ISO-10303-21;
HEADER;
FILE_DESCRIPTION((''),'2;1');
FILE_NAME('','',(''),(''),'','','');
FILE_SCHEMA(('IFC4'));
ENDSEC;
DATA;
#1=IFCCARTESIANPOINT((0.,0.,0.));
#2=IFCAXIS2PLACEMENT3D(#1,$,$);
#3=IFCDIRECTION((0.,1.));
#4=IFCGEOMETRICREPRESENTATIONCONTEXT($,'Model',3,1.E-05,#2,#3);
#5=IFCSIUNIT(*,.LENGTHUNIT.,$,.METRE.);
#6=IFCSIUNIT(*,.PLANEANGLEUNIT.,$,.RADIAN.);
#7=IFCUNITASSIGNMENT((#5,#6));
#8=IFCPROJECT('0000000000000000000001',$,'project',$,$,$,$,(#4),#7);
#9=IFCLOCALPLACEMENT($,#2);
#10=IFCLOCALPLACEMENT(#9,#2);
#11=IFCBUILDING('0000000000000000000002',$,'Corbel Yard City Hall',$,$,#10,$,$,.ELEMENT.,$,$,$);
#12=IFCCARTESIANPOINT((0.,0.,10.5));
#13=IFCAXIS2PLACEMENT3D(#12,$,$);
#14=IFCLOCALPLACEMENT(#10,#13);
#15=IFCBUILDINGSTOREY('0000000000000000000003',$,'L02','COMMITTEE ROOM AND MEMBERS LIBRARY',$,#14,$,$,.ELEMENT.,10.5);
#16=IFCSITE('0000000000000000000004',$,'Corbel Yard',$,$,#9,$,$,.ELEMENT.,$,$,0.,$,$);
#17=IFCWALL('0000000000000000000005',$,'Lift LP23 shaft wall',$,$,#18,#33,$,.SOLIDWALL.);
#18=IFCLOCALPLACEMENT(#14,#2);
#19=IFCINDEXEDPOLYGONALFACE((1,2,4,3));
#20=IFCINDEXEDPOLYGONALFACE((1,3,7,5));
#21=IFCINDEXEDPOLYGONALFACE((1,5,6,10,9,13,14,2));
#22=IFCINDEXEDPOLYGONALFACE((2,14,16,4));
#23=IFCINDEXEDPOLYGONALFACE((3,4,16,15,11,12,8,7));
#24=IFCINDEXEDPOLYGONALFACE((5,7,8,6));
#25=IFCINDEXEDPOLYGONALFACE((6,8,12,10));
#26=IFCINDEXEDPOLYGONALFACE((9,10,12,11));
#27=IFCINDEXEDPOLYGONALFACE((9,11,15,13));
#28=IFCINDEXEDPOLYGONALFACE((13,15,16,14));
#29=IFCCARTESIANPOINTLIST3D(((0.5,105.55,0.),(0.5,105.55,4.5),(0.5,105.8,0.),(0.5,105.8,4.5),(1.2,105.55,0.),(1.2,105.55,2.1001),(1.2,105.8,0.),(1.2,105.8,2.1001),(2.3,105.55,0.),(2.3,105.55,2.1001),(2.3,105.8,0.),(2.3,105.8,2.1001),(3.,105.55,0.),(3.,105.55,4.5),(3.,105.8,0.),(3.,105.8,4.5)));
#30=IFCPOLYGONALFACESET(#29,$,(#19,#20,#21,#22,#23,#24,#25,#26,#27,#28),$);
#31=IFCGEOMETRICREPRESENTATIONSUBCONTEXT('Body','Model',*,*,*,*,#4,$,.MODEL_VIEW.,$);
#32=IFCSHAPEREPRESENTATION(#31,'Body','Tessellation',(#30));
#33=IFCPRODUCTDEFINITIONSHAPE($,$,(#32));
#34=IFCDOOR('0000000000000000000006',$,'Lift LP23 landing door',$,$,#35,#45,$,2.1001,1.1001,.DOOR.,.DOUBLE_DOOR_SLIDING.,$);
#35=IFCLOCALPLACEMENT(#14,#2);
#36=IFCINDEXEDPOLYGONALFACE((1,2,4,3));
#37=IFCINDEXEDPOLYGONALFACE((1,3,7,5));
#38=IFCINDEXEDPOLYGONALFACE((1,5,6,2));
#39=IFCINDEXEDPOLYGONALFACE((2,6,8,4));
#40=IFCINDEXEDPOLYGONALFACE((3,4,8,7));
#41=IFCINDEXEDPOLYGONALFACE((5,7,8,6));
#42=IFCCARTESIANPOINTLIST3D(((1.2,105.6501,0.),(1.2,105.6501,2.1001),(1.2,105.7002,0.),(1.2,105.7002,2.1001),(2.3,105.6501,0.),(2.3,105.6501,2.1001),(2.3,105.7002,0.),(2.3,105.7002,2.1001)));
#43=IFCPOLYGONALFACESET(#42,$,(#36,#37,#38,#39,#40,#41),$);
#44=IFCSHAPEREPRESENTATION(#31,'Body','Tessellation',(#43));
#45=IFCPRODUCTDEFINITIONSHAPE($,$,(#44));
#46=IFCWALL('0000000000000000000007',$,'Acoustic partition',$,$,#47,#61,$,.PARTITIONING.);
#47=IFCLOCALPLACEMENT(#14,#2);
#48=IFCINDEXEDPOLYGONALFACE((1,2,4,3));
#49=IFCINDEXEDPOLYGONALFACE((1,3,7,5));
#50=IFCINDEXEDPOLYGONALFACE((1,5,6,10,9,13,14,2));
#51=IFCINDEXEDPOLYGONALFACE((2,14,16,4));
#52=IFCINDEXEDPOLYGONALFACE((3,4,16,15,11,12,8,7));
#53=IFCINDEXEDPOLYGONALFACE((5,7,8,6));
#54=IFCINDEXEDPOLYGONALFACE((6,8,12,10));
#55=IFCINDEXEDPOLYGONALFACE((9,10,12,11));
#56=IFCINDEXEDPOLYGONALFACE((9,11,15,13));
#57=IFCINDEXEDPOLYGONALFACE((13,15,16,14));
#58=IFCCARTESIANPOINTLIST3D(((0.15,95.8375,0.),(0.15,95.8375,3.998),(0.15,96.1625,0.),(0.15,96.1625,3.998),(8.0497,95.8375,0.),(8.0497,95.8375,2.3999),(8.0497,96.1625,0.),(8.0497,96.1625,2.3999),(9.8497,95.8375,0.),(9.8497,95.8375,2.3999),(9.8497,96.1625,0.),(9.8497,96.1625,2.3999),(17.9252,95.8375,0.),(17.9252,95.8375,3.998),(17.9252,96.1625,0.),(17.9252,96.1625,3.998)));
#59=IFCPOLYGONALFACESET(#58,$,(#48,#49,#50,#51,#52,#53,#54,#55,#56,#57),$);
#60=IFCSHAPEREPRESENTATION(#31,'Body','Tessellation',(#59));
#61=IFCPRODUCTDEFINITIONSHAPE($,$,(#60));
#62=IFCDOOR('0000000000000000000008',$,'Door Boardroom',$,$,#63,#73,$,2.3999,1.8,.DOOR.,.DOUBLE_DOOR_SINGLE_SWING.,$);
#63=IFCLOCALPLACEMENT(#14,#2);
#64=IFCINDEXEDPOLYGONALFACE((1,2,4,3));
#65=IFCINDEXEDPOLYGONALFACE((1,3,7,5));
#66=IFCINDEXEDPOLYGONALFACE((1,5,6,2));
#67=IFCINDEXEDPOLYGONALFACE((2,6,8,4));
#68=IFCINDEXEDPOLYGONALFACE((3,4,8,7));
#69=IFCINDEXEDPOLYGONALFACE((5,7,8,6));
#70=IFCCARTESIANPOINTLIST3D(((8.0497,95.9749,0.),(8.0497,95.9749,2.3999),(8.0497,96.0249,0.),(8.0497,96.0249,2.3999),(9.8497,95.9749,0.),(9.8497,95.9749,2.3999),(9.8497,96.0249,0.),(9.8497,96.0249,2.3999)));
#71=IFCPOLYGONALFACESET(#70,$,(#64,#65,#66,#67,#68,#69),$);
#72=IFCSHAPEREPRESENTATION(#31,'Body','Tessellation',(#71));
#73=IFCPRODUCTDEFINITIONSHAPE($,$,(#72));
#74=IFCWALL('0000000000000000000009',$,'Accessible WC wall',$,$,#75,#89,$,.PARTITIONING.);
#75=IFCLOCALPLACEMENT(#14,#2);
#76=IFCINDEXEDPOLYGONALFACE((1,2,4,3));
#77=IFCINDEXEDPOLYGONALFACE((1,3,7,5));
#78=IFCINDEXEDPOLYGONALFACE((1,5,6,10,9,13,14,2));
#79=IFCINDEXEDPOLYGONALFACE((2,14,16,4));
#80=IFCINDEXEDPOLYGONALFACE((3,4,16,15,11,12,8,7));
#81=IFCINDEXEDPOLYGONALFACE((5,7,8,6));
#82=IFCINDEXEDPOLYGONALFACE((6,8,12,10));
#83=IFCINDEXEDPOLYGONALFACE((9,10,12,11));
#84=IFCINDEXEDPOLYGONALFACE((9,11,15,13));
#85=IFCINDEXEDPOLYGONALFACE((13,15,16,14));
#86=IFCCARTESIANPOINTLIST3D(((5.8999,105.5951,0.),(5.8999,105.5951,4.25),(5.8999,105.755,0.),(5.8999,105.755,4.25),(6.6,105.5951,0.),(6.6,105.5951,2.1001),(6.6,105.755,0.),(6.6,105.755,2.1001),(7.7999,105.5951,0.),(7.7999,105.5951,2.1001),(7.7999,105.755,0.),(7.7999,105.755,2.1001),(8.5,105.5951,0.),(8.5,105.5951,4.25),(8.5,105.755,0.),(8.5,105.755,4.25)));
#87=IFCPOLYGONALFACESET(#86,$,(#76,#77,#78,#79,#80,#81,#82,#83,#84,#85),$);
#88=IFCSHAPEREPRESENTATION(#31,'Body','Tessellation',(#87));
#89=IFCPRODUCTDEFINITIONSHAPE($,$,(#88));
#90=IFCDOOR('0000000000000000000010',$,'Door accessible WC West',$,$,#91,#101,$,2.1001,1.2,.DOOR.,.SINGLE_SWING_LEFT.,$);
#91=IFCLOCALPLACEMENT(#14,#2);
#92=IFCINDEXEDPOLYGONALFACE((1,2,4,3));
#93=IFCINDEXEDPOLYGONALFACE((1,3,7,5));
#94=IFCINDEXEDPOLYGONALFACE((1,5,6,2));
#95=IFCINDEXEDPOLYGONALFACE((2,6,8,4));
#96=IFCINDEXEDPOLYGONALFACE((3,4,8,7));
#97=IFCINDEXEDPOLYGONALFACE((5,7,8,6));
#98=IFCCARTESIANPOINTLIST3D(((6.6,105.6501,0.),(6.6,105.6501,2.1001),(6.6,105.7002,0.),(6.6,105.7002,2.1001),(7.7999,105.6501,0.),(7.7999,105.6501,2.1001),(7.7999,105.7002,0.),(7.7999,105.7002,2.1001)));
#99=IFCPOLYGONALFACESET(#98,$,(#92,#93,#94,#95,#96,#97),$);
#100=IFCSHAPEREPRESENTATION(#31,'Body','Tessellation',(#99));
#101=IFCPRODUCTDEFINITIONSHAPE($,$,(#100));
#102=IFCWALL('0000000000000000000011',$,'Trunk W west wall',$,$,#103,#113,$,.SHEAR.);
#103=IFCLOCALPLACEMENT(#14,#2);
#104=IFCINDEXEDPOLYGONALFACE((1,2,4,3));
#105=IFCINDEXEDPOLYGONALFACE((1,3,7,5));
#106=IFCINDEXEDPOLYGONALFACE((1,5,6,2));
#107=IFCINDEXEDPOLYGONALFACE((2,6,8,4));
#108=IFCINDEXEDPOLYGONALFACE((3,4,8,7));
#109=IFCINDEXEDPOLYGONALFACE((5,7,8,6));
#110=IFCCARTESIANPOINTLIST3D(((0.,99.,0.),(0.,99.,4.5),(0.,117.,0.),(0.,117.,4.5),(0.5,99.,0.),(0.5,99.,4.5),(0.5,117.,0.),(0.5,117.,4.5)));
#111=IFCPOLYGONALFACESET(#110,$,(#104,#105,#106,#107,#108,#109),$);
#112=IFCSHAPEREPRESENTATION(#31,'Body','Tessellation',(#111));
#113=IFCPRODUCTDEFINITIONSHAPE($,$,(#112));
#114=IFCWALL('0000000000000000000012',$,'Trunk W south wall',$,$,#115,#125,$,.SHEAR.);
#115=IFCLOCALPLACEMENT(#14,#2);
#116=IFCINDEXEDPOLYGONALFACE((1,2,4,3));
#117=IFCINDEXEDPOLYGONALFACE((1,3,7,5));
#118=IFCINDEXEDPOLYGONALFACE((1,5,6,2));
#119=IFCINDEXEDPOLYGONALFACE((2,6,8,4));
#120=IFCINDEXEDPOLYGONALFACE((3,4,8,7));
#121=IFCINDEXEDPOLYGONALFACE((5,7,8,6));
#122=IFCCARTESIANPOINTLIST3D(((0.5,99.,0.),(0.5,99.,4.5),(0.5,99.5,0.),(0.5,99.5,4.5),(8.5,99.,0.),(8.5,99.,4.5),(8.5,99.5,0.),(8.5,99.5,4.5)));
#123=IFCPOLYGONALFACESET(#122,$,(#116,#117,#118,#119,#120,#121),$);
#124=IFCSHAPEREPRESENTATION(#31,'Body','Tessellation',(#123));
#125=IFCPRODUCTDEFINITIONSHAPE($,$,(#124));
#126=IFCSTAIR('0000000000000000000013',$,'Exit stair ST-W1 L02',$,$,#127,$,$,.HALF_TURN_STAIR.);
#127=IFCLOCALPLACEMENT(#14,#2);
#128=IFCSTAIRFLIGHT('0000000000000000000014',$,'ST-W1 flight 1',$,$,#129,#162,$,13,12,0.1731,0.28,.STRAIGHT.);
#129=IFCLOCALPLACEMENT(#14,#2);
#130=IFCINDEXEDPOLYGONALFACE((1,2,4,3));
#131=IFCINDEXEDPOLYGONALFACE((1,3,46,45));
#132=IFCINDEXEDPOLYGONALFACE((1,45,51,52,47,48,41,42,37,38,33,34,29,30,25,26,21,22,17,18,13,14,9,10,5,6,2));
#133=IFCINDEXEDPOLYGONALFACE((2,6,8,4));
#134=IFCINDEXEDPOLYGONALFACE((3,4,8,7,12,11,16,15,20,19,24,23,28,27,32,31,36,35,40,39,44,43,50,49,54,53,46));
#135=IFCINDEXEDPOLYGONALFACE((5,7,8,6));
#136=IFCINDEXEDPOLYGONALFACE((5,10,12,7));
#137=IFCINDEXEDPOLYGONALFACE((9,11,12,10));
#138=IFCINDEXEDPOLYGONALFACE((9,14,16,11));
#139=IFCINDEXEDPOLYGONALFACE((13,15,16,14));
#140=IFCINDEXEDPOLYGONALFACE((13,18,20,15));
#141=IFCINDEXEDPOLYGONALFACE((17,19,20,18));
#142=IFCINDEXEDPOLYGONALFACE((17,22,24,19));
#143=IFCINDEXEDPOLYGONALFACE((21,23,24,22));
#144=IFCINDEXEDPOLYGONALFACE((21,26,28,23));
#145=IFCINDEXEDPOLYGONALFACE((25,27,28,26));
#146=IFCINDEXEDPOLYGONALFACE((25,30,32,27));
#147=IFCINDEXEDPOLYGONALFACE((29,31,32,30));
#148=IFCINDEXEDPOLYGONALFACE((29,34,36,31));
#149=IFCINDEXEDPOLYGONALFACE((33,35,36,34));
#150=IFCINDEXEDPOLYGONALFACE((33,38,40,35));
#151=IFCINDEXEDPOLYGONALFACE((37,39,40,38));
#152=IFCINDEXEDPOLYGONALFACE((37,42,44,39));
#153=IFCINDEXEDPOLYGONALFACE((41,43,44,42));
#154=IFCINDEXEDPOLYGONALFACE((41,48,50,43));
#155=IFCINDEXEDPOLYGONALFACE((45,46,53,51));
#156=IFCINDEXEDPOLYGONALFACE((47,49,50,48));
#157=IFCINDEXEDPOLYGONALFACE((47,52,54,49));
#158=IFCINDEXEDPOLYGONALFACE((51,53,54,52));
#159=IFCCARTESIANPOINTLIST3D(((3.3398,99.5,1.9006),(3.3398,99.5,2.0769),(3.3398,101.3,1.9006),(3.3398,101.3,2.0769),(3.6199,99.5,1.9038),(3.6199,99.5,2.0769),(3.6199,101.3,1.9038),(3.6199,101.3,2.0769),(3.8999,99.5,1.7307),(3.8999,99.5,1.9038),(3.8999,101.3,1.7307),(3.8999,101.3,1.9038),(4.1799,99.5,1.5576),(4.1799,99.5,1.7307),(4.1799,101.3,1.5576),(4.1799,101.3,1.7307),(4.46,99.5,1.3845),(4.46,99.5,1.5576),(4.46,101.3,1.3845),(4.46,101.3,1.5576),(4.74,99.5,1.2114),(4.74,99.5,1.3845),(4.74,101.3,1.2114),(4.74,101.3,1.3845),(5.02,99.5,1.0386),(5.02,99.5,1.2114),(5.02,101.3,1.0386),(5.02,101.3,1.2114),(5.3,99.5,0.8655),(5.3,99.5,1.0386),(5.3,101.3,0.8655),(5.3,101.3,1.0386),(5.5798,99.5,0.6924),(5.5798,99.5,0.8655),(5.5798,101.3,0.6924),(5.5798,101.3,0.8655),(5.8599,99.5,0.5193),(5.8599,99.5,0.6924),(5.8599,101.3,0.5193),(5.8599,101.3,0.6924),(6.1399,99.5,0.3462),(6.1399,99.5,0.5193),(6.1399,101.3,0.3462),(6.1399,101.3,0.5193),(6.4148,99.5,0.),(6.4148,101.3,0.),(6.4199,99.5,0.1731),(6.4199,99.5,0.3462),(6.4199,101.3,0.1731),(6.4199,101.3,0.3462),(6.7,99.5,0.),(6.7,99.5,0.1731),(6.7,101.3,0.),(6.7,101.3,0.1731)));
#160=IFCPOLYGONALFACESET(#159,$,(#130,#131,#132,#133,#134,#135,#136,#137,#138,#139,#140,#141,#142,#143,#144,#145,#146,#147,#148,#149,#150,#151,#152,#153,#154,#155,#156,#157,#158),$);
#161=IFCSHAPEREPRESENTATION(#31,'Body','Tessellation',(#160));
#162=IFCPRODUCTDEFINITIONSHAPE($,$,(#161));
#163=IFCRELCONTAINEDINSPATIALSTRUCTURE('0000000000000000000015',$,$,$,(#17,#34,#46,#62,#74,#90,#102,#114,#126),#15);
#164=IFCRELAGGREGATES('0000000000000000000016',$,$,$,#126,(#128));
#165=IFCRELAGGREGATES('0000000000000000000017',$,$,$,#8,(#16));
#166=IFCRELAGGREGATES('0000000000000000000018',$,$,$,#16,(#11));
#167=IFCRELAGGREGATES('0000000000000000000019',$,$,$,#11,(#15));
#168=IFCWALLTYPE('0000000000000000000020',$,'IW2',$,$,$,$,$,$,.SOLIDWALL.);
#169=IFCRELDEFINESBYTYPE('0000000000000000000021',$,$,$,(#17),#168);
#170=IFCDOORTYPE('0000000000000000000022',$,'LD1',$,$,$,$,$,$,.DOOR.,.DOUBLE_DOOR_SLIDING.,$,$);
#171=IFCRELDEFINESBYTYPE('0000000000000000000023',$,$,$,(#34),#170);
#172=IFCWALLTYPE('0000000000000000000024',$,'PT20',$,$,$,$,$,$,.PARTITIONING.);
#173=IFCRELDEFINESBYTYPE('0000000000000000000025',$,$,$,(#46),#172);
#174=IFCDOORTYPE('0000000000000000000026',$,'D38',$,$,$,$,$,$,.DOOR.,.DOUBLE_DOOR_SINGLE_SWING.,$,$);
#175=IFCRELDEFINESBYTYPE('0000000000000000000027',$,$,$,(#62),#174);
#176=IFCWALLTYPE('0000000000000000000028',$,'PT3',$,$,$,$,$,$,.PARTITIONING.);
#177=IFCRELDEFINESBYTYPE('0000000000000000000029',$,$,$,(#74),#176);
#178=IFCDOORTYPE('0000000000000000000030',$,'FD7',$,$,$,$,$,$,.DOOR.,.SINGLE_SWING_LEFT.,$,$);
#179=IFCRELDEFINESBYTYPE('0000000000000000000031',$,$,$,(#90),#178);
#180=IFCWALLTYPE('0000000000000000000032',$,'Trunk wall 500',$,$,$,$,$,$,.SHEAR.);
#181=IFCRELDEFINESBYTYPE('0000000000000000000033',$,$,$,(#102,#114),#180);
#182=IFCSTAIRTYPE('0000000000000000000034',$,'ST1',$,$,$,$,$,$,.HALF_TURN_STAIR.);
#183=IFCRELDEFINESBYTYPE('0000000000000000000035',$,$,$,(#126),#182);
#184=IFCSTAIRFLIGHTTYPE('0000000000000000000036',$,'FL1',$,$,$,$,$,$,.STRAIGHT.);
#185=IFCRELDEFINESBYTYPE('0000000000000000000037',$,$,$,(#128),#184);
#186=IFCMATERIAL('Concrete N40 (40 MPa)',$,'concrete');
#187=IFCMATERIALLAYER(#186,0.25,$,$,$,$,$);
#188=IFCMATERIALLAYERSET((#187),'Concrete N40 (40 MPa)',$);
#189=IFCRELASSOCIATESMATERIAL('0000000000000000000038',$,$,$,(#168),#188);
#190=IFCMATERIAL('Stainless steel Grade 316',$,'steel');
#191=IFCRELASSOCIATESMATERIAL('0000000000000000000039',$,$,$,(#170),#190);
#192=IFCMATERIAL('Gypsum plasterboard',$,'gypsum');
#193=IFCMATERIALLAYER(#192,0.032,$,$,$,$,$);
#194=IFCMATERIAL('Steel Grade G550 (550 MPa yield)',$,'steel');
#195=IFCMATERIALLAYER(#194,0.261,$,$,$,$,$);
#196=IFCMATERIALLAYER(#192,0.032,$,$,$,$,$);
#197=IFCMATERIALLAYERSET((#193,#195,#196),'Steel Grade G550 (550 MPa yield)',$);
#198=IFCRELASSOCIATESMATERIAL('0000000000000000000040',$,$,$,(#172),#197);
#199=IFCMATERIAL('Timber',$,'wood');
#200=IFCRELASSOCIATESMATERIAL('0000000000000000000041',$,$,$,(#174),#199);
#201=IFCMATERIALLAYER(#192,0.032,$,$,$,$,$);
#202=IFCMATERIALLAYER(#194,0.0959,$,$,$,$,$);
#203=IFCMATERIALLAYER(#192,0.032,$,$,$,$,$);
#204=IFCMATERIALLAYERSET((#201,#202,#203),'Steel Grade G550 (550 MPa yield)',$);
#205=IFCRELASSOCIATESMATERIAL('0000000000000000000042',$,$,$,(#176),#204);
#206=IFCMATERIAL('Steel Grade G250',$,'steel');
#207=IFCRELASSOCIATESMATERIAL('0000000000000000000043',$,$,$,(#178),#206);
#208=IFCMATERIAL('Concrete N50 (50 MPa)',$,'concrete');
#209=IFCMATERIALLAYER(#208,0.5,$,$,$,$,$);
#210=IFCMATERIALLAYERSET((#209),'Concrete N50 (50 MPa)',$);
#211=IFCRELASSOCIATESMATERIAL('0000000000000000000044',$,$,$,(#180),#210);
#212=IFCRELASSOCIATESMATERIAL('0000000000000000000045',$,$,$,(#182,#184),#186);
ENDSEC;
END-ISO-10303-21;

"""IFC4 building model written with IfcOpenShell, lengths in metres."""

from ifc_helpers import new_model, si_unit, direction, frame, frame_2d, origin, place, context, subcontext, project, spatial, polyline, rectangle, outline, extrude, material, layer, layer_set, type_object, element, fill, aggregate, save


model = new_model("IFC4")

# Units and contexts
model_context = context("Model", 3, precision=1e-05, world=origin(), true_north=direction((0.0, 1.0)))
body_context = subcontext(model_context, "Body", "Model", "MODEL_VIEW")
ifc_project = project(units=[si_unit("LENGTHUNIT", "METRE"), si_unit("PLANEANGLEUNIT", "RADIAN")], contexts=[model_context])

# Site, building, storey
site_placement = place(None, origin())
site = spatial("IfcSite", under=ifc_project, at=site_placement, Name="Corbel Yard", CompositionType="ELEMENT", RefElevation=0.0)
building_placement = place(site_placement, origin())
building = spatial("IfcBuilding", under=site, at=building_placement, Name="Corbel Yard City Hall", CompositionType="ELEMENT")
storey_placement = place(building_placement, frame((0.0, 0.0, 10.5)))
storey = spatial("IfcBuildingStorey", under=building, at=storey_placement, Name="L02", Description="COMMITTEE ROOM AND MEMBERS LIBRARY", CompositionType="ELEMENT", Elevation=10.5)

# Shared definitions
ifc_material_1 = material(Name="Gypsum plasterboard", Category="gypsum")

# Shared definitions
ifc_material_2 = material(Name="Concrete N40 (40 MPa)", Category="concrete")
ifc_layer_1 = layer(ifc_material_2, 0.25)
ifc_layer_set_1 = layer_set([ifc_layer_1], Name="Concrete N40 (40 MPa)")
wall_type_1 = type_object("IfcWallType", Name="IW2", PredefinedType="SOLIDWALL", material=ifc_layer_set_1)

# Walls, openings, doors
ifc_material_3 = material(Name="Stainless steel Grade 316", Category="steel")
door_type_1 = type_object("IfcDoorType", Name="LD1", OperationType="DOUBLE_DOOR_SLIDING", PredefinedType="DOOR", material=ifc_material_3)
wall_1_placement = place(storey_placement, frame((3.0, 105.675, 0.0), z_axis=(0.0, 0.0, 1.0), x_axis=(-1.0, 0.0, 0.0)))
wall_1 = element("IfcWall", 1, at=wall_1_placement, inside=storey, type_object=wall_type_1, Name="Lift LP23 shaft wall", PredefinedType="SOLIDWALL", context=body_context, shape_type="SweptSolid", body=[
    extrude(rectangle(XDim=2.5, YDim=0.25, at=frame_2d((1.25, 0.0))), origin(), (0.0, 0.0, 1.0), 4.5),
])
opening_1_placement = place(wall_1_placement, frame((0.7, 0.0, 0.0)))
opening_1 = element("IfcOpeningElement", 2, at=opening_1_placement, cuts=wall_1, PredefinedType="OPENING", context=body_context, shape_type="SweptSolid", body=[
    extrude(rectangle(XDim=1.1001, YDim=2.1001, at=frame_2d((0.55, 1.05))), frame((0.0, 0.135, 0.0), z_axis=(0.0, -1.0, 0.0), x_axis=(1.0, 0.0, 0.0)), (0.0, 0.0, 1.0), 0.27),
])
door_1_placement = place(opening_1_placement, origin())
door_1 = element("IfcDoor", 3, at=door_1_placement, inside=storey, type_object=door_type_1, Name="Lift LP23 landing door", OperationType="DOUBLE_DOOR_SLIDING", OverallHeight=2.1001, OverallWidth=1.1001, PredefinedType="DOOR", context=body_context, shape_type="SweptSolid", body=[
    extrude(rectangle(XDim=1.1001, YDim=2.1001, at=frame_2d((0.55, 1.05))), frame((0.0, 0.0249, 0.0), z_axis=(0.0, -1.0, 0.0), x_axis=(1.0, 0.0, 0.0)), (0.0, 0.0, 1.0), 0.05),
])
fill(opening_1, door_1)
ifc_layer_2 = layer(ifc_material_1, 0.032)
ifc_material_4 = material(Name="Steel Grade G550 (550 MPa yield)", Category="steel")
ifc_layer_3 = layer(ifc_material_4, 0.261)
ifc_layer_4 = layer(ifc_material_1, 0.032)
ifc_layer_set_2 = layer_set([ifc_layer_2, ifc_layer_3, ifc_layer_4], Name="Steel Grade G550 (550 MPa yield)")
wall_type_2 = type_object("IfcWallType", Name="PT20", PredefinedType="PARTITIONING", material=ifc_layer_set_2)
wall_2_placement = place(storey_placement, frame((0.1499, 96.0, 0.0), z_axis=(0.0, 0.0, 1.0), x_axis=(1.0, 0.0, 0.0)))
wall_2 = element("IfcWall", 4, at=wall_2_placement, inside=storey, type_object=wall_type_2, Name="Acoustic partition", PredefinedType="PARTITIONING", context=body_context, shape_type="SweptSolid", body=[
    extrude(rectangle(XDim=17.7751, YDim=0.325, at=frame_2d((8.8877, 0.0))), origin(), (0.0, 0.0, 1.0), 3.998),
])
opening_2_placement = place(wall_2_placement, frame((7.8999, 0.0, 0.0)))
opening_2 = element("IfcOpeningElement", 5, at=opening_2_placement, cuts=wall_2, PredefinedType="OPENING", context=body_context, shape_type="SweptSolid", body=[
    extrude(rectangle(XDim=1.8, YDim=2.3999, at=frame_2d((0.8999, 1.2))), frame((0.0, 0.1724, 0.0), z_axis=(0.0, -1.0, 0.0), x_axis=(1.0, 0.0, 0.0)), (0.0, 0.0, 1.0), 0.345),
])
ifc_material_5 = material(Name="Timber", Category="wood")
door_type_2 = type_object("IfcDoorType", Name="D38", OperationType="DOUBLE_DOOR_SINGLE_SWING", PredefinedType="DOOR", material=ifc_material_5)
door_2_placement = place(opening_2_placement, origin())
door_2 = element("IfcDoor", 6, at=door_2_placement, inside=storey, type_object=door_type_2, Name="Door Boardroom", OperationType="DOUBLE_DOOR_SINGLE_SWING", OverallHeight=2.3999, OverallWidth=1.8, PredefinedType="DOOR", context=body_context, shape_type="SweptSolid", body=[
    extrude(rectangle(XDim=1.8, YDim=2.3999, at=frame_2d((0.8999, 1.2))), frame((0.0, 0.0249, 0.0), z_axis=(0.0, -1.0, 0.0), x_axis=(1.0, 0.0, 0.0)), (0.0, 0.0, 1.0), 0.05),
])
fill(opening_2, door_2)
ifc_layer_5 = layer(ifc_material_1, 0.032)
ifc_layer_6 = layer(ifc_material_4, 0.0959)
ifc_layer_7 = layer(ifc_material_1, 0.032)
ifc_layer_set_3 = layer_set([ifc_layer_5, ifc_layer_6, ifc_layer_7], Name="Steel Grade G550 (550 MPa yield)")
wall_type_3 = type_object("IfcWallType", Name="PT3", PredefinedType="PARTITIONING", material=ifc_layer_set_3)
wall_3_placement = place(storey_placement, frame((8.5, 105.675, 0.0), z_axis=(0.0, 0.0, 1.0), x_axis=(-1.0, 0.0, 0.0)))
wall_3 = element("IfcWall", 7, at=wall_3_placement, inside=storey, type_object=wall_type_3, Name="Accessible WC wall", PredefinedType="PARTITIONING", context=body_context, shape_type="SweptSolid", body=[
    extrude(rectangle(XDim=2.6001, YDim=0.1599, at=frame_2d((1.3, 0.0))), origin(), (0.0, 0.0, 1.0), 4.25),
])
opening_3_placement = place(wall_3_placement, frame((0.7, 0.0, 0.0)))
opening_3 = element("IfcOpeningElement", 8, at=opening_3_placement, cuts=wall_3, PredefinedType="OPENING", context=body_context, shape_type="SweptSolid", body=[
    extrude(rectangle(XDim=1.2, YDim=2.1001, at=frame_2d((0.6001, 1.05))), frame((0.0, 0.0898, 0.0), z_axis=(0.0, -1.0, 0.0), x_axis=(1.0, 0.0, 0.0)), (0.0, 0.0, 1.0), 0.1799),
])
ifc_material_6 = material(Name="Steel Grade G250", Category="steel")
door_type_3 = type_object("IfcDoorType", Name="FD7", OperationType="SINGLE_SWING_LEFT", PredefinedType="DOOR", material=ifc_material_6)
door_3_placement = place(opening_3_placement, origin())
door_3 = element("IfcDoor", 9, at=door_3_placement, inside=storey, type_object=door_type_3, Name="Door accessible WC West", OperationType="SINGLE_SWING_LEFT", OverallHeight=2.1001, OverallWidth=1.2, PredefinedType="DOOR", context=body_context, shape_type="SweptSolid", body=[
    extrude(rectangle(XDim=1.2, YDim=2.1001, at=frame_2d((0.6001, 1.05))), frame((0.0, 0.0249, 0.0), z_axis=(0.0, -1.0, 0.0), x_axis=(1.0, 0.0, 0.0)), (0.0, 0.0, 1.0), 0.05),
])
fill(opening_3, door_3)

# Walls
ifc_material_7 = material(Name="Concrete N50 (50 MPa)", Category="concrete")
ifc_layer_8 = layer(ifc_material_7, 0.5)
ifc_layer_set_4 = layer_set([ifc_layer_8], Name="Concrete N50 (50 MPa)")
wall_type_4 = type_object("IfcWallType", Name="Trunk wall 500", PredefinedType="SHEAR", material=ifc_layer_set_4)
wall_4_placement = place(storey_placement, frame((0.25, 99.0, 0.0), z_axis=(0.0, 0.0, 1.0), x_axis=(0.0, 1.0, 0.0)))
element("IfcWall", 10, at=wall_4_placement, inside=storey, type_object=wall_type_4, Name="Trunk W west wall", PredefinedType="SHEAR", context=body_context, shape_type="SweptSolid", body=[
    extrude(rectangle(XDim=18.0, YDim=0.5, at=frame_2d((9.0, 0.0))), origin(), (0.0, 0.0, 1.0), 4.5),
])
wall_5_placement = place(storey_placement, frame((0.5, 99.25, 0.0), z_axis=(0.0, 0.0, 1.0), x_axis=(1.0, 0.0, 0.0)))
element("IfcWall", 11, at=wall_5_placement, inside=storey, type_object=wall_type_4, Name="Trunk W south wall", PredefinedType="SHEAR", context=body_context, shape_type="SweptSolid", body=[
    extrude(rectangle(XDim=8.0, YDim=0.5, at=frame_2d((4.0, 0.0))), origin(), (0.0, 0.0, 1.0), 4.5),
])

# Stair, stair flight
stair_type = type_object("IfcStairType", Name="ST1", PredefinedType="HALF_TURN_STAIR", material=ifc_material_2)
stair_placement = place(storey_placement, origin())
stair = element("IfcStair", 12, at=stair_placement, inside=storey, type_object=stair_type, Name="Exit stair ST-W1 L02", PredefinedType="HALF_TURN_STAIR")
stair_flight_type = type_object("IfcStairFlightType", Name="FL1", PredefinedType="STRAIGHT", material=ifc_material_2)
stair_flight_1_placement = place(storey_placement, frame((6.7, 100.3999, 0.0), z_axis=(0.0, 0.0, 1.0), x_axis=(-1.0, 0.0, 0.0)))
stair_flight_1 = element("IfcStairFlight", 13, at=stair_flight_1_placement, type_object=stair_flight_type, Name="ST-W1 flight 1", NumberOfRisers=13, NumberOfTreads=12, PredefinedType="STRAIGHT", RiserHeight=0.1731, TreadLength=0.28, context=body_context, shape_type="SweptSolid", body=[
    extrude(outline(polyline([(0.0, 0.0), (0.0, 0.1731), (0.28, 0.1731), (0.28, 0.3462), (0.5601, 0.3462), (0.5601, 0.5193), (0.8401, 0.5193), (0.8401, 0.6924), (1.1201, 0.6924), (1.1201, 0.8655), (1.3999, 0.8655), (1.3999, 1.0386), (1.6799, 1.0386), (1.6799, 1.2114), (1.96, 1.2114), (1.96, 1.3845), (2.24, 1.3845), (2.24, 1.5576), (2.52, 1.5576), (2.52, 1.7307), (2.8, 1.7307), (2.8, 1.9038), (3.0801, 1.9038), (3.0801, 2.0769), (3.3601, 2.0769), (3.3601, 2.25), (3.3601, 1.9006), (0.2852, 0.0), (0.0, 0.0)])), frame((0.0, 0.8999, 0.0), z_axis=(0.0, -1.0, 0.0), x_axis=(1.0, 0.0, 0.0)), (0.0, 0.0, 1.0), 1.8),
])
aggregate(stair, [stair_flight_1])

save(model, "model.ifc")
